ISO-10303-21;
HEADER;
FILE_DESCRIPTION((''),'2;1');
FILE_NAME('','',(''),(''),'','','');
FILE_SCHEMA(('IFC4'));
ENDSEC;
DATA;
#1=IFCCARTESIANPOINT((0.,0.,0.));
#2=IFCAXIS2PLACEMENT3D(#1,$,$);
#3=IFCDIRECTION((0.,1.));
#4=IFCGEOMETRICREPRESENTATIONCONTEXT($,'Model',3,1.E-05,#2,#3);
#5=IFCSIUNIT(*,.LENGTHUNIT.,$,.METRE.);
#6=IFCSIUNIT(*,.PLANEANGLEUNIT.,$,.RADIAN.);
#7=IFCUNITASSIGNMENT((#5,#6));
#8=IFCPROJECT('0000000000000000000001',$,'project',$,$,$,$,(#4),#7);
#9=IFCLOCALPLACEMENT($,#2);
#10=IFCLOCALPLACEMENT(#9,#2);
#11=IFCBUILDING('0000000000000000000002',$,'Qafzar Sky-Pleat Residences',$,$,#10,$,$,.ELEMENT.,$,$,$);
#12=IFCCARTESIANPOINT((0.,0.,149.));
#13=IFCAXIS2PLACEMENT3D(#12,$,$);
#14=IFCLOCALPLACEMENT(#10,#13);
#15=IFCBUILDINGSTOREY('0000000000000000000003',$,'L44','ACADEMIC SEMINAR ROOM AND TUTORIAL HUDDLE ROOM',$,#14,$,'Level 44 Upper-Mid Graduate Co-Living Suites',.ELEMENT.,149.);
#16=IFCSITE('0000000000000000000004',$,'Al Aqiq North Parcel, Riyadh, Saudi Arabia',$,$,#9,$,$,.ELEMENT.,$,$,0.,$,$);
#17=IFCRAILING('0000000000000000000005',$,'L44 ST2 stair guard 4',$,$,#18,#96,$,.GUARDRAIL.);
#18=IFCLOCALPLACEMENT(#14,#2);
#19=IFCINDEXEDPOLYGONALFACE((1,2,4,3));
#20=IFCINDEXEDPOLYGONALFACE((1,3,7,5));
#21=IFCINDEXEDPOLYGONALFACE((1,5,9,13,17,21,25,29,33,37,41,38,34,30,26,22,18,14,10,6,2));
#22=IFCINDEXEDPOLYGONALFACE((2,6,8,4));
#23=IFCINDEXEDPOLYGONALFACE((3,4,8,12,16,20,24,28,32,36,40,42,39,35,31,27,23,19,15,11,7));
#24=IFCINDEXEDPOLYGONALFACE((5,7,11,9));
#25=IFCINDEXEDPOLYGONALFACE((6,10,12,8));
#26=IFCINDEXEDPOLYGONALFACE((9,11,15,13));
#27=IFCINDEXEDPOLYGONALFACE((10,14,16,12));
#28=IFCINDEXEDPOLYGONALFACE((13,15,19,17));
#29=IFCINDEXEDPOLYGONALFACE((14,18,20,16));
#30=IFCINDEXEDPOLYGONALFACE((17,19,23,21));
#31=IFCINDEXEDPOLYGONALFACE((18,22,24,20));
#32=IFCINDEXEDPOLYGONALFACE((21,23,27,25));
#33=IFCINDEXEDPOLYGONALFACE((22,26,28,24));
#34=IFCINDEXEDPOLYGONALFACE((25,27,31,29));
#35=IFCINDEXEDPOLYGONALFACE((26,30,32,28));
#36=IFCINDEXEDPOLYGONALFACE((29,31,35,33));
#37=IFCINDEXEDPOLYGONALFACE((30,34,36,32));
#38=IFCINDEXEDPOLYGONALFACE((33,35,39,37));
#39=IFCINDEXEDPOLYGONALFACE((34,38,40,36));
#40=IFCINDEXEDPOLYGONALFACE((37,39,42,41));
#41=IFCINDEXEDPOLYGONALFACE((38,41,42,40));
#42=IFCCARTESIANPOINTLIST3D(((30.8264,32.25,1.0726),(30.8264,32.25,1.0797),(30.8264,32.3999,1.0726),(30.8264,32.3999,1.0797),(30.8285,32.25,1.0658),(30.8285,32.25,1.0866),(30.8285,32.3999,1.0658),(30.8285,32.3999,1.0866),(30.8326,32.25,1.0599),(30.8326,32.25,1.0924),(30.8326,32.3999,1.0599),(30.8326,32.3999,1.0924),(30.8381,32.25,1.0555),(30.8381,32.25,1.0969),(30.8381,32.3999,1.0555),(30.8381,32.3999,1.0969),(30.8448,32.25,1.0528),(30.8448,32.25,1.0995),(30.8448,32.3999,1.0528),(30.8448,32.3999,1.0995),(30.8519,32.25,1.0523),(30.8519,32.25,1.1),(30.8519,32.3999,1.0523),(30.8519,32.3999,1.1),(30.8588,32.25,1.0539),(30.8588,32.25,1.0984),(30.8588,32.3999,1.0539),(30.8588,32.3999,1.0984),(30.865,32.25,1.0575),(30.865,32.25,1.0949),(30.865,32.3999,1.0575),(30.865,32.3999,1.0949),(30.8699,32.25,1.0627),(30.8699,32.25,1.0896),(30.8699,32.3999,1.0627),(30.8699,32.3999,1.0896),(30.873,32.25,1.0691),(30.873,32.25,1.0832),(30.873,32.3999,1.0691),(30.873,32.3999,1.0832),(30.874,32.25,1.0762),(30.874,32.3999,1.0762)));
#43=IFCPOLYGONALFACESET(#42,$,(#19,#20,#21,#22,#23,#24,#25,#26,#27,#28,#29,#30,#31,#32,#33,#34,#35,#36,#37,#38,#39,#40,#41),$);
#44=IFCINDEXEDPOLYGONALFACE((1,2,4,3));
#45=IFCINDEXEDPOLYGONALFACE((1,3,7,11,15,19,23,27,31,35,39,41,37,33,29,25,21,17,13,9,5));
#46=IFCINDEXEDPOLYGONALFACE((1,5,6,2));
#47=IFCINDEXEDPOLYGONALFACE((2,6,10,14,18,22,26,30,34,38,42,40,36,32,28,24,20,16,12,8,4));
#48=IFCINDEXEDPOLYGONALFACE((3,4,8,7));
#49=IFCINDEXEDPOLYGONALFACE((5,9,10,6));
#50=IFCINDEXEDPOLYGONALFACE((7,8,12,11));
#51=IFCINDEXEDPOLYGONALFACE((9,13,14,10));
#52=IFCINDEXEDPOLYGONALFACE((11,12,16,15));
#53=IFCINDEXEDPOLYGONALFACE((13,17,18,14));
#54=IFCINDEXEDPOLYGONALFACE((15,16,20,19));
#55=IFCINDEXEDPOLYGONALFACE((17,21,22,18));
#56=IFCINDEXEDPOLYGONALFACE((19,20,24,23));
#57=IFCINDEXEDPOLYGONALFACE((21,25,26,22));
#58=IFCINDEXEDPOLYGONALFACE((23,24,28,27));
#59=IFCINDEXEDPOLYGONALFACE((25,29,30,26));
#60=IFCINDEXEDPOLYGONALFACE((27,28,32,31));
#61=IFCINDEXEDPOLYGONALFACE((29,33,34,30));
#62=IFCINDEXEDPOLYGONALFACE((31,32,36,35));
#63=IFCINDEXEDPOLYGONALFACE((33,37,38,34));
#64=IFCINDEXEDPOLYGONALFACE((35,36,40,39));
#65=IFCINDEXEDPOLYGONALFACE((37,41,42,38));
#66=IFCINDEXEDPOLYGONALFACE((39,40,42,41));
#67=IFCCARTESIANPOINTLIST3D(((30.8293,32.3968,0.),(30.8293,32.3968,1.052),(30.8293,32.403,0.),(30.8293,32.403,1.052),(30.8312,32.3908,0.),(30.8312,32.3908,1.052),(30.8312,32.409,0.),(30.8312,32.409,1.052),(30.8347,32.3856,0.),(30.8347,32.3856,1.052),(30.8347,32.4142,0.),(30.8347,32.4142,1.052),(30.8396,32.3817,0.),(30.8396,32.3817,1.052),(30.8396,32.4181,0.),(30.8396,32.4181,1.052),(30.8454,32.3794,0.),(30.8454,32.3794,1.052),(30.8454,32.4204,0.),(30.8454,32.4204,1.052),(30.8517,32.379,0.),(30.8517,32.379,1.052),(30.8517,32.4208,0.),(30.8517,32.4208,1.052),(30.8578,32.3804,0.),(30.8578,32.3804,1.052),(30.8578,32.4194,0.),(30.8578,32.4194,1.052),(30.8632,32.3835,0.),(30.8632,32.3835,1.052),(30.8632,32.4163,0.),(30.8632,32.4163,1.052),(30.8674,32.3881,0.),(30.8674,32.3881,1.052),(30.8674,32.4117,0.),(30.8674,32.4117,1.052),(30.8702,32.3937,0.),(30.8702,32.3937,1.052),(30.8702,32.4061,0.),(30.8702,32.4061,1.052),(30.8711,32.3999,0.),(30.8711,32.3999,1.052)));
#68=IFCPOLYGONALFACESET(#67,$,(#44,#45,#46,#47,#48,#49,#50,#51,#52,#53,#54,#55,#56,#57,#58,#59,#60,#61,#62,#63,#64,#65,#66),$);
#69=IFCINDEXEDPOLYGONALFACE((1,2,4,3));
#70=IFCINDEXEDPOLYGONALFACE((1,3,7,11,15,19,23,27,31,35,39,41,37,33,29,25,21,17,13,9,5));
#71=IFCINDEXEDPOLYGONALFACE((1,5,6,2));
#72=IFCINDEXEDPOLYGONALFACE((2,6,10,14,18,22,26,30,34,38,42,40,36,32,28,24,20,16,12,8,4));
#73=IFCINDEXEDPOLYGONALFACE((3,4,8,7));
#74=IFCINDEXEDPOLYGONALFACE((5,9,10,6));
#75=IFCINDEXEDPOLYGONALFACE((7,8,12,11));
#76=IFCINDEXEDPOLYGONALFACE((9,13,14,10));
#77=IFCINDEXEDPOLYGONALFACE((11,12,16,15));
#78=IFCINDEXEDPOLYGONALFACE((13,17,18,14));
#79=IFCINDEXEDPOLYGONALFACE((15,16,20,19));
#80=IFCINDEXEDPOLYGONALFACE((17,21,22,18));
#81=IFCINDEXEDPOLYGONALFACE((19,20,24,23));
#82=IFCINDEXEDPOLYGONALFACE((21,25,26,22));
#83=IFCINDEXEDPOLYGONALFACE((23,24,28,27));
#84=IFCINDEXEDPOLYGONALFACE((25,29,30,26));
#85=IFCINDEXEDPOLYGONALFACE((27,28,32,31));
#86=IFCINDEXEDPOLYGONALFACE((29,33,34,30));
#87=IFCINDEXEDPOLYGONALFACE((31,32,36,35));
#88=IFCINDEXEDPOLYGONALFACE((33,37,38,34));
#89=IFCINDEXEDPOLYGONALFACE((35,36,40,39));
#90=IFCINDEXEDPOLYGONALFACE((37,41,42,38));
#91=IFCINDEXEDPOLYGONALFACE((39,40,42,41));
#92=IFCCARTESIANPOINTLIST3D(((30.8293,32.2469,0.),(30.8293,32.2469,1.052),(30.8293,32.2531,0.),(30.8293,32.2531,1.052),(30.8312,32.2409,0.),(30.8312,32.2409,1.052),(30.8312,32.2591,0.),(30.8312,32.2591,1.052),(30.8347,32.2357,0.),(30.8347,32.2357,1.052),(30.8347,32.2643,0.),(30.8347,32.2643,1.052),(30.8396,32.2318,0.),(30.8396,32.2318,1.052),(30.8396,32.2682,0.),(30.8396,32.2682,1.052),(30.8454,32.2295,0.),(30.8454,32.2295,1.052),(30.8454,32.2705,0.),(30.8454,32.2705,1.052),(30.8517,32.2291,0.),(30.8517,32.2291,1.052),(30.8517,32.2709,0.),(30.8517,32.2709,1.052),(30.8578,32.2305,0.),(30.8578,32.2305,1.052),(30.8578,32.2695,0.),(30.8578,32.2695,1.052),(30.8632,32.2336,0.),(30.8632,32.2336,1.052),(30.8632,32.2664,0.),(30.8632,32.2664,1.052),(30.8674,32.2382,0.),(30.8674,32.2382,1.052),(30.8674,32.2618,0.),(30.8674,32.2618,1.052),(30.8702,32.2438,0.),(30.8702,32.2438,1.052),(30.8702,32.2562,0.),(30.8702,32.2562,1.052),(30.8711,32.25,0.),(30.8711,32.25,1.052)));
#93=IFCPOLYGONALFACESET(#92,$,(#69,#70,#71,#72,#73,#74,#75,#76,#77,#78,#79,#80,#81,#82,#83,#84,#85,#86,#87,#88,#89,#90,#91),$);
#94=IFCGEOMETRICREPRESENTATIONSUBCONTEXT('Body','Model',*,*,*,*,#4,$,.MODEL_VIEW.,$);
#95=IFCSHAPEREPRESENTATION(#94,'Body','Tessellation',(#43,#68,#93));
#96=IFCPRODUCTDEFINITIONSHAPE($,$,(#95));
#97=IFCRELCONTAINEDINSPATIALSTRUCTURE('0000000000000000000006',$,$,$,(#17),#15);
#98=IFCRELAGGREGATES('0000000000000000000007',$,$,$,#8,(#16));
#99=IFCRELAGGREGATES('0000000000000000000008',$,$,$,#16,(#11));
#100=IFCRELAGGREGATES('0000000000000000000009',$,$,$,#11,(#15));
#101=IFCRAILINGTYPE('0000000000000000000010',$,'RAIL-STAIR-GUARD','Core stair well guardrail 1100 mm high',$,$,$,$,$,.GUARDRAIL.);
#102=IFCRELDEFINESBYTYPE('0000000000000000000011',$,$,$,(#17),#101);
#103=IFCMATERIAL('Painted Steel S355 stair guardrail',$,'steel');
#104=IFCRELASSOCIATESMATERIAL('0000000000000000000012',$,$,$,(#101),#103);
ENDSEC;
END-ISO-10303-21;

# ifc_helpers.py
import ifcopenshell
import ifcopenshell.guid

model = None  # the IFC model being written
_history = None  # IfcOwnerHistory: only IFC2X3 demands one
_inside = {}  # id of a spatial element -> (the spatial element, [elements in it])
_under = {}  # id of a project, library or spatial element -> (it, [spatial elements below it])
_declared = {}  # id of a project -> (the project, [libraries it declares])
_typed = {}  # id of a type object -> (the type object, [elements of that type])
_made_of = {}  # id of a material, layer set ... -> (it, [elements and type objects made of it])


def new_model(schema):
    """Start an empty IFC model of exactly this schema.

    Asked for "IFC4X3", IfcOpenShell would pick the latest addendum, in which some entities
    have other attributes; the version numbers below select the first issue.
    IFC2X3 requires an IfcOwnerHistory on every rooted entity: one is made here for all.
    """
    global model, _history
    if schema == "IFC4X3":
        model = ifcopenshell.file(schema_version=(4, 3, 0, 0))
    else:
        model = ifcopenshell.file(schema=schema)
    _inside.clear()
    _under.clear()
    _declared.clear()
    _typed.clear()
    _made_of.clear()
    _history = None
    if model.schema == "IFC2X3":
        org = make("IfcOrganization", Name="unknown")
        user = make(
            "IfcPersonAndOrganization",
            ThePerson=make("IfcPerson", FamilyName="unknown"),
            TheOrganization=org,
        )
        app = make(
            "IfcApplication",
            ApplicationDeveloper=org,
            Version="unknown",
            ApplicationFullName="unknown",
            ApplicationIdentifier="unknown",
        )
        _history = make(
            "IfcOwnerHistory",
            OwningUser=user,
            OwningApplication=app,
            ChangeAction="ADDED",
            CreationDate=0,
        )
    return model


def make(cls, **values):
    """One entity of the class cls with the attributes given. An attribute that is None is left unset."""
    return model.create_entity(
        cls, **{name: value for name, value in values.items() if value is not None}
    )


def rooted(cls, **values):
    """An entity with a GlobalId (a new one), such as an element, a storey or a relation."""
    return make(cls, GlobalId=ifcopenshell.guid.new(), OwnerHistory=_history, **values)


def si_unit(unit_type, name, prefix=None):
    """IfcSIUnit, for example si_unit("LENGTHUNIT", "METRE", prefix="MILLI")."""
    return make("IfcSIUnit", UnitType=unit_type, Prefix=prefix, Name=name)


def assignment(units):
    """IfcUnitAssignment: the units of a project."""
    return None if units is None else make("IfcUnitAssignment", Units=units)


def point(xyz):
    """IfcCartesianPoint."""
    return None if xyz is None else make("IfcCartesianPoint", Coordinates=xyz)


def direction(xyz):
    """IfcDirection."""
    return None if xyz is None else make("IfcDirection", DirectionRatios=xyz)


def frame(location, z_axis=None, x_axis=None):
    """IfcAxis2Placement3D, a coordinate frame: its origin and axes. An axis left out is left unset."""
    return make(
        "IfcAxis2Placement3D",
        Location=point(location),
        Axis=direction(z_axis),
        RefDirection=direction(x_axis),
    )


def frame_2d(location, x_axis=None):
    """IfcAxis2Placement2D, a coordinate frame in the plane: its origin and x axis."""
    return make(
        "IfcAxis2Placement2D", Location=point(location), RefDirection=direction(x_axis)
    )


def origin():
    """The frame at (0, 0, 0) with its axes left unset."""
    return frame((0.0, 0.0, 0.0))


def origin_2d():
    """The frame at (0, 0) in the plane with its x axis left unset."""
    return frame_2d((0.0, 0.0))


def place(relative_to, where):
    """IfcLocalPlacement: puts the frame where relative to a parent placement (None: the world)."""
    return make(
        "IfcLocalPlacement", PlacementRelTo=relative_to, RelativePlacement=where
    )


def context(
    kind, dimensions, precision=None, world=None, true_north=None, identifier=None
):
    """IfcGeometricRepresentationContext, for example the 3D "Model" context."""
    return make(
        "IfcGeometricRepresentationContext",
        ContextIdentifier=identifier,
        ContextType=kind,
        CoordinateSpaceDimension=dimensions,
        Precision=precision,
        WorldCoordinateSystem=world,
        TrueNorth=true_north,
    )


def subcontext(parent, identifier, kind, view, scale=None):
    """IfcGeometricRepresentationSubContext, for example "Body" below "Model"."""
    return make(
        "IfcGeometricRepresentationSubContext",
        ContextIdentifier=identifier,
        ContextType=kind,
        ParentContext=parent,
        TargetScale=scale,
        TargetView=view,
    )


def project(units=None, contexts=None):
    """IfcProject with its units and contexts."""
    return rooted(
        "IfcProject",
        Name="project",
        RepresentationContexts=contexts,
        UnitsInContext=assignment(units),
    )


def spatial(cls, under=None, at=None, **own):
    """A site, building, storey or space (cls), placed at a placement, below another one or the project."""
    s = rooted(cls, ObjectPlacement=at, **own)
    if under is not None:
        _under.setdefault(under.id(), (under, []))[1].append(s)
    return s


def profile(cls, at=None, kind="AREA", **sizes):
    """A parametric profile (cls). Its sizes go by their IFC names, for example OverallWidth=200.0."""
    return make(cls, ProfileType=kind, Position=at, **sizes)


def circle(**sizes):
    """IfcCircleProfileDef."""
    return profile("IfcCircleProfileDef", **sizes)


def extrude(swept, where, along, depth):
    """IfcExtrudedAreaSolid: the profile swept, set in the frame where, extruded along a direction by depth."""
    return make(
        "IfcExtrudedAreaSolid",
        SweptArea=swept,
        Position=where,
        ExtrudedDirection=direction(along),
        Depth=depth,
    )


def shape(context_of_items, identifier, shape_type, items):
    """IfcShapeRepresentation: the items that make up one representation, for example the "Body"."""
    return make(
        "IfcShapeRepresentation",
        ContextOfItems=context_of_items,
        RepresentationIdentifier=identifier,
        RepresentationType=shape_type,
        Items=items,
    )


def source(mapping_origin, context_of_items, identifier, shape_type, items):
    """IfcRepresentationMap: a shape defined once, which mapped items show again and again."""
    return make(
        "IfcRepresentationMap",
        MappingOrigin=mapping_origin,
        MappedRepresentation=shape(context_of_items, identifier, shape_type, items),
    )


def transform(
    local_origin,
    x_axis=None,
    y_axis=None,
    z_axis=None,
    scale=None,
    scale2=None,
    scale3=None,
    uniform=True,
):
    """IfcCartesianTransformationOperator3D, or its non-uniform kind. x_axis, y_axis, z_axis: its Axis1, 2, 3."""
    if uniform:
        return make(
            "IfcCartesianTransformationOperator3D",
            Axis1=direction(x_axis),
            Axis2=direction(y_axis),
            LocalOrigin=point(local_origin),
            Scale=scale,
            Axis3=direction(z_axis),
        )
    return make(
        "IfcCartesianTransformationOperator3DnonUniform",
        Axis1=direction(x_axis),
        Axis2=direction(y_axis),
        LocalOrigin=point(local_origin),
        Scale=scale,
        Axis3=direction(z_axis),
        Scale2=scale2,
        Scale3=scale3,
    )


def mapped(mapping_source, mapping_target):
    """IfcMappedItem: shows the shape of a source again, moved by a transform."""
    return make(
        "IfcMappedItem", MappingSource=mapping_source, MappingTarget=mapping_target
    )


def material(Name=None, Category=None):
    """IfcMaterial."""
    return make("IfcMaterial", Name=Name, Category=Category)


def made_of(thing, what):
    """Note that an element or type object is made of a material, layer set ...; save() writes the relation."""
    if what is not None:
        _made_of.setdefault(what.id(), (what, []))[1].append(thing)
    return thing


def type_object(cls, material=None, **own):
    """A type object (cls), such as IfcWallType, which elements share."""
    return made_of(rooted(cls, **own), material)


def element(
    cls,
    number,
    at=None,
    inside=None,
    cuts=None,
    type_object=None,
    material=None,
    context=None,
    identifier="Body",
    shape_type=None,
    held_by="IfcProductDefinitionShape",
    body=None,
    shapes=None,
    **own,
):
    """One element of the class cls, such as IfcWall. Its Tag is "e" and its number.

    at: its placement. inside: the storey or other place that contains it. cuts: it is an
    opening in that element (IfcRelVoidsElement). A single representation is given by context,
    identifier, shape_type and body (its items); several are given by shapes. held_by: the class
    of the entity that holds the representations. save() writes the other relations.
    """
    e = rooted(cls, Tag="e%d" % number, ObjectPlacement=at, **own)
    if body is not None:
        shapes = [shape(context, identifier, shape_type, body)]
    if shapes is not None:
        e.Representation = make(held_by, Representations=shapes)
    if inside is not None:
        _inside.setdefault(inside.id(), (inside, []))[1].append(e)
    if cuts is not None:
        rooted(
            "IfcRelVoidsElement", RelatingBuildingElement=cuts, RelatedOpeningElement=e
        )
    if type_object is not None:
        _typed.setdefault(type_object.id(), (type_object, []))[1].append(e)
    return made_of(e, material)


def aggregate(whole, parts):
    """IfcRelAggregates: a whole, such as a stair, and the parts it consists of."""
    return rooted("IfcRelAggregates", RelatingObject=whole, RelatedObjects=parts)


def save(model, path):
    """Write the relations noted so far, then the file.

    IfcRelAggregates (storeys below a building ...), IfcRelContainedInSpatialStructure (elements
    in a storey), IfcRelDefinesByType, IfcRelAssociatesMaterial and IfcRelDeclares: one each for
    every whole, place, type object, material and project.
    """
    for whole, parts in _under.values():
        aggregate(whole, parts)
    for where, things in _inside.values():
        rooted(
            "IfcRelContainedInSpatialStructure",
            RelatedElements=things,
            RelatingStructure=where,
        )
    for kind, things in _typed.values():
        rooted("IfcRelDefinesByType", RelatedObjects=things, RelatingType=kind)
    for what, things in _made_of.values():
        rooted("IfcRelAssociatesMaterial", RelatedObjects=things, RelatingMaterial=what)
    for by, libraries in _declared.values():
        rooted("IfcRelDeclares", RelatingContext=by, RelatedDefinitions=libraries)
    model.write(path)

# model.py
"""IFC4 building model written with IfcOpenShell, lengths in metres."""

from ifc_helpers import new_model, si_unit, direction, frame, origin, origin_2d, place, context, subcontext, project, spatial, circle, extrude, source, transform, mapped, material, type_object, element, save


model = new_model("IFC4")

# Units and contexts
model_context = context("Model", 3, precision=1e-05, world=origin(), true_north=direction((0.0, 1.0)))
body_context = subcontext(model_context, "Body", "Model", "MODEL_VIEW")
ifc_project = project(units=[si_unit("LENGTHUNIT", "METRE"), si_unit("PLANEANGLEUNIT", "RADIAN")], contexts=[model_context])

# Site, building, storey
site_placement = place(None, origin())
site = spatial("IfcSite", under=ifc_project, at=site_placement, Name="Al Aqiq North Parcel, Riyadh, Saudi Arabia", CompositionType="ELEMENT", RefElevation=0.0)
building_placement = place(site_placement, origin())
building = spatial("IfcBuilding", under=site, at=building_placement, Name="Qafzar Sky-Pleat Residences", CompositionType="ELEMENT")
storey_placement = place(building_placement, frame((0.0, 0.0, 149.0)))
storey = spatial("IfcBuildingStorey", under=building, at=storey_placement, Name="L44", Description="ACADEMIC SEMINAR ROOM AND TUTORIAL HUDDLE ROOM", LongName="Level 44 Upper-Mid Graduate Co-Living Suites", CompositionType="ELEMENT", Elevation=149.0)

# Railing
ifc_material_1 = material(Name="Painted Steel S355 stair guardrail", Category="steel")
railing_type = type_object("IfcRailingType", Name="RAIL-STAIR-GUARD", Description="Core stair well guardrail 1100 mm high", PredefinedType="GUARDRAIL", material=ifc_material_1)
shared_shape_1 = source(origin(), body_context, "Body", "SweptSolid", [
    extrude(circle(Radius=0.0239, at=origin_2d()), frame((0.0, 0.0, 1.0762), z_axis=(0.0, -1.0, 0.0), x_axis=(1.0, 0.0, 0.0)), (0.0, 0.0, 1.0), 0.1499),
    extrude(circle(Radius=0.021, at=origin_2d()), origin(), (0.0, 0.0, 1.0), 1.052),
    extrude(circle(Radius=0.021, at=origin_2d()), frame((0.0, -0.1499, 0.0)), (0.0, 0.0, 1.0), 1.052),
])
railing_1_placement = place(storey_placement, frame((30.8501, 32.3999, 0.0)))
element("IfcRailing", 1, at=railing_1_placement, inside=storey, type_object=railing_type, Name="L44 ST2 stair guard 4", PredefinedType="GUARDRAIL", context=body_context, shape_type="MappedRepresentation", body=[
    mapped(shared_shape_1, transform((0.0, 0.0, 0.0), x_axis=(1.0, 0.0, 0.0), y_axis=(0.0, 1.0, 0.0), z_axis=(0.0, 0.0, 1.0), scale=1.0)),
])

save(model, "model.ifc")
